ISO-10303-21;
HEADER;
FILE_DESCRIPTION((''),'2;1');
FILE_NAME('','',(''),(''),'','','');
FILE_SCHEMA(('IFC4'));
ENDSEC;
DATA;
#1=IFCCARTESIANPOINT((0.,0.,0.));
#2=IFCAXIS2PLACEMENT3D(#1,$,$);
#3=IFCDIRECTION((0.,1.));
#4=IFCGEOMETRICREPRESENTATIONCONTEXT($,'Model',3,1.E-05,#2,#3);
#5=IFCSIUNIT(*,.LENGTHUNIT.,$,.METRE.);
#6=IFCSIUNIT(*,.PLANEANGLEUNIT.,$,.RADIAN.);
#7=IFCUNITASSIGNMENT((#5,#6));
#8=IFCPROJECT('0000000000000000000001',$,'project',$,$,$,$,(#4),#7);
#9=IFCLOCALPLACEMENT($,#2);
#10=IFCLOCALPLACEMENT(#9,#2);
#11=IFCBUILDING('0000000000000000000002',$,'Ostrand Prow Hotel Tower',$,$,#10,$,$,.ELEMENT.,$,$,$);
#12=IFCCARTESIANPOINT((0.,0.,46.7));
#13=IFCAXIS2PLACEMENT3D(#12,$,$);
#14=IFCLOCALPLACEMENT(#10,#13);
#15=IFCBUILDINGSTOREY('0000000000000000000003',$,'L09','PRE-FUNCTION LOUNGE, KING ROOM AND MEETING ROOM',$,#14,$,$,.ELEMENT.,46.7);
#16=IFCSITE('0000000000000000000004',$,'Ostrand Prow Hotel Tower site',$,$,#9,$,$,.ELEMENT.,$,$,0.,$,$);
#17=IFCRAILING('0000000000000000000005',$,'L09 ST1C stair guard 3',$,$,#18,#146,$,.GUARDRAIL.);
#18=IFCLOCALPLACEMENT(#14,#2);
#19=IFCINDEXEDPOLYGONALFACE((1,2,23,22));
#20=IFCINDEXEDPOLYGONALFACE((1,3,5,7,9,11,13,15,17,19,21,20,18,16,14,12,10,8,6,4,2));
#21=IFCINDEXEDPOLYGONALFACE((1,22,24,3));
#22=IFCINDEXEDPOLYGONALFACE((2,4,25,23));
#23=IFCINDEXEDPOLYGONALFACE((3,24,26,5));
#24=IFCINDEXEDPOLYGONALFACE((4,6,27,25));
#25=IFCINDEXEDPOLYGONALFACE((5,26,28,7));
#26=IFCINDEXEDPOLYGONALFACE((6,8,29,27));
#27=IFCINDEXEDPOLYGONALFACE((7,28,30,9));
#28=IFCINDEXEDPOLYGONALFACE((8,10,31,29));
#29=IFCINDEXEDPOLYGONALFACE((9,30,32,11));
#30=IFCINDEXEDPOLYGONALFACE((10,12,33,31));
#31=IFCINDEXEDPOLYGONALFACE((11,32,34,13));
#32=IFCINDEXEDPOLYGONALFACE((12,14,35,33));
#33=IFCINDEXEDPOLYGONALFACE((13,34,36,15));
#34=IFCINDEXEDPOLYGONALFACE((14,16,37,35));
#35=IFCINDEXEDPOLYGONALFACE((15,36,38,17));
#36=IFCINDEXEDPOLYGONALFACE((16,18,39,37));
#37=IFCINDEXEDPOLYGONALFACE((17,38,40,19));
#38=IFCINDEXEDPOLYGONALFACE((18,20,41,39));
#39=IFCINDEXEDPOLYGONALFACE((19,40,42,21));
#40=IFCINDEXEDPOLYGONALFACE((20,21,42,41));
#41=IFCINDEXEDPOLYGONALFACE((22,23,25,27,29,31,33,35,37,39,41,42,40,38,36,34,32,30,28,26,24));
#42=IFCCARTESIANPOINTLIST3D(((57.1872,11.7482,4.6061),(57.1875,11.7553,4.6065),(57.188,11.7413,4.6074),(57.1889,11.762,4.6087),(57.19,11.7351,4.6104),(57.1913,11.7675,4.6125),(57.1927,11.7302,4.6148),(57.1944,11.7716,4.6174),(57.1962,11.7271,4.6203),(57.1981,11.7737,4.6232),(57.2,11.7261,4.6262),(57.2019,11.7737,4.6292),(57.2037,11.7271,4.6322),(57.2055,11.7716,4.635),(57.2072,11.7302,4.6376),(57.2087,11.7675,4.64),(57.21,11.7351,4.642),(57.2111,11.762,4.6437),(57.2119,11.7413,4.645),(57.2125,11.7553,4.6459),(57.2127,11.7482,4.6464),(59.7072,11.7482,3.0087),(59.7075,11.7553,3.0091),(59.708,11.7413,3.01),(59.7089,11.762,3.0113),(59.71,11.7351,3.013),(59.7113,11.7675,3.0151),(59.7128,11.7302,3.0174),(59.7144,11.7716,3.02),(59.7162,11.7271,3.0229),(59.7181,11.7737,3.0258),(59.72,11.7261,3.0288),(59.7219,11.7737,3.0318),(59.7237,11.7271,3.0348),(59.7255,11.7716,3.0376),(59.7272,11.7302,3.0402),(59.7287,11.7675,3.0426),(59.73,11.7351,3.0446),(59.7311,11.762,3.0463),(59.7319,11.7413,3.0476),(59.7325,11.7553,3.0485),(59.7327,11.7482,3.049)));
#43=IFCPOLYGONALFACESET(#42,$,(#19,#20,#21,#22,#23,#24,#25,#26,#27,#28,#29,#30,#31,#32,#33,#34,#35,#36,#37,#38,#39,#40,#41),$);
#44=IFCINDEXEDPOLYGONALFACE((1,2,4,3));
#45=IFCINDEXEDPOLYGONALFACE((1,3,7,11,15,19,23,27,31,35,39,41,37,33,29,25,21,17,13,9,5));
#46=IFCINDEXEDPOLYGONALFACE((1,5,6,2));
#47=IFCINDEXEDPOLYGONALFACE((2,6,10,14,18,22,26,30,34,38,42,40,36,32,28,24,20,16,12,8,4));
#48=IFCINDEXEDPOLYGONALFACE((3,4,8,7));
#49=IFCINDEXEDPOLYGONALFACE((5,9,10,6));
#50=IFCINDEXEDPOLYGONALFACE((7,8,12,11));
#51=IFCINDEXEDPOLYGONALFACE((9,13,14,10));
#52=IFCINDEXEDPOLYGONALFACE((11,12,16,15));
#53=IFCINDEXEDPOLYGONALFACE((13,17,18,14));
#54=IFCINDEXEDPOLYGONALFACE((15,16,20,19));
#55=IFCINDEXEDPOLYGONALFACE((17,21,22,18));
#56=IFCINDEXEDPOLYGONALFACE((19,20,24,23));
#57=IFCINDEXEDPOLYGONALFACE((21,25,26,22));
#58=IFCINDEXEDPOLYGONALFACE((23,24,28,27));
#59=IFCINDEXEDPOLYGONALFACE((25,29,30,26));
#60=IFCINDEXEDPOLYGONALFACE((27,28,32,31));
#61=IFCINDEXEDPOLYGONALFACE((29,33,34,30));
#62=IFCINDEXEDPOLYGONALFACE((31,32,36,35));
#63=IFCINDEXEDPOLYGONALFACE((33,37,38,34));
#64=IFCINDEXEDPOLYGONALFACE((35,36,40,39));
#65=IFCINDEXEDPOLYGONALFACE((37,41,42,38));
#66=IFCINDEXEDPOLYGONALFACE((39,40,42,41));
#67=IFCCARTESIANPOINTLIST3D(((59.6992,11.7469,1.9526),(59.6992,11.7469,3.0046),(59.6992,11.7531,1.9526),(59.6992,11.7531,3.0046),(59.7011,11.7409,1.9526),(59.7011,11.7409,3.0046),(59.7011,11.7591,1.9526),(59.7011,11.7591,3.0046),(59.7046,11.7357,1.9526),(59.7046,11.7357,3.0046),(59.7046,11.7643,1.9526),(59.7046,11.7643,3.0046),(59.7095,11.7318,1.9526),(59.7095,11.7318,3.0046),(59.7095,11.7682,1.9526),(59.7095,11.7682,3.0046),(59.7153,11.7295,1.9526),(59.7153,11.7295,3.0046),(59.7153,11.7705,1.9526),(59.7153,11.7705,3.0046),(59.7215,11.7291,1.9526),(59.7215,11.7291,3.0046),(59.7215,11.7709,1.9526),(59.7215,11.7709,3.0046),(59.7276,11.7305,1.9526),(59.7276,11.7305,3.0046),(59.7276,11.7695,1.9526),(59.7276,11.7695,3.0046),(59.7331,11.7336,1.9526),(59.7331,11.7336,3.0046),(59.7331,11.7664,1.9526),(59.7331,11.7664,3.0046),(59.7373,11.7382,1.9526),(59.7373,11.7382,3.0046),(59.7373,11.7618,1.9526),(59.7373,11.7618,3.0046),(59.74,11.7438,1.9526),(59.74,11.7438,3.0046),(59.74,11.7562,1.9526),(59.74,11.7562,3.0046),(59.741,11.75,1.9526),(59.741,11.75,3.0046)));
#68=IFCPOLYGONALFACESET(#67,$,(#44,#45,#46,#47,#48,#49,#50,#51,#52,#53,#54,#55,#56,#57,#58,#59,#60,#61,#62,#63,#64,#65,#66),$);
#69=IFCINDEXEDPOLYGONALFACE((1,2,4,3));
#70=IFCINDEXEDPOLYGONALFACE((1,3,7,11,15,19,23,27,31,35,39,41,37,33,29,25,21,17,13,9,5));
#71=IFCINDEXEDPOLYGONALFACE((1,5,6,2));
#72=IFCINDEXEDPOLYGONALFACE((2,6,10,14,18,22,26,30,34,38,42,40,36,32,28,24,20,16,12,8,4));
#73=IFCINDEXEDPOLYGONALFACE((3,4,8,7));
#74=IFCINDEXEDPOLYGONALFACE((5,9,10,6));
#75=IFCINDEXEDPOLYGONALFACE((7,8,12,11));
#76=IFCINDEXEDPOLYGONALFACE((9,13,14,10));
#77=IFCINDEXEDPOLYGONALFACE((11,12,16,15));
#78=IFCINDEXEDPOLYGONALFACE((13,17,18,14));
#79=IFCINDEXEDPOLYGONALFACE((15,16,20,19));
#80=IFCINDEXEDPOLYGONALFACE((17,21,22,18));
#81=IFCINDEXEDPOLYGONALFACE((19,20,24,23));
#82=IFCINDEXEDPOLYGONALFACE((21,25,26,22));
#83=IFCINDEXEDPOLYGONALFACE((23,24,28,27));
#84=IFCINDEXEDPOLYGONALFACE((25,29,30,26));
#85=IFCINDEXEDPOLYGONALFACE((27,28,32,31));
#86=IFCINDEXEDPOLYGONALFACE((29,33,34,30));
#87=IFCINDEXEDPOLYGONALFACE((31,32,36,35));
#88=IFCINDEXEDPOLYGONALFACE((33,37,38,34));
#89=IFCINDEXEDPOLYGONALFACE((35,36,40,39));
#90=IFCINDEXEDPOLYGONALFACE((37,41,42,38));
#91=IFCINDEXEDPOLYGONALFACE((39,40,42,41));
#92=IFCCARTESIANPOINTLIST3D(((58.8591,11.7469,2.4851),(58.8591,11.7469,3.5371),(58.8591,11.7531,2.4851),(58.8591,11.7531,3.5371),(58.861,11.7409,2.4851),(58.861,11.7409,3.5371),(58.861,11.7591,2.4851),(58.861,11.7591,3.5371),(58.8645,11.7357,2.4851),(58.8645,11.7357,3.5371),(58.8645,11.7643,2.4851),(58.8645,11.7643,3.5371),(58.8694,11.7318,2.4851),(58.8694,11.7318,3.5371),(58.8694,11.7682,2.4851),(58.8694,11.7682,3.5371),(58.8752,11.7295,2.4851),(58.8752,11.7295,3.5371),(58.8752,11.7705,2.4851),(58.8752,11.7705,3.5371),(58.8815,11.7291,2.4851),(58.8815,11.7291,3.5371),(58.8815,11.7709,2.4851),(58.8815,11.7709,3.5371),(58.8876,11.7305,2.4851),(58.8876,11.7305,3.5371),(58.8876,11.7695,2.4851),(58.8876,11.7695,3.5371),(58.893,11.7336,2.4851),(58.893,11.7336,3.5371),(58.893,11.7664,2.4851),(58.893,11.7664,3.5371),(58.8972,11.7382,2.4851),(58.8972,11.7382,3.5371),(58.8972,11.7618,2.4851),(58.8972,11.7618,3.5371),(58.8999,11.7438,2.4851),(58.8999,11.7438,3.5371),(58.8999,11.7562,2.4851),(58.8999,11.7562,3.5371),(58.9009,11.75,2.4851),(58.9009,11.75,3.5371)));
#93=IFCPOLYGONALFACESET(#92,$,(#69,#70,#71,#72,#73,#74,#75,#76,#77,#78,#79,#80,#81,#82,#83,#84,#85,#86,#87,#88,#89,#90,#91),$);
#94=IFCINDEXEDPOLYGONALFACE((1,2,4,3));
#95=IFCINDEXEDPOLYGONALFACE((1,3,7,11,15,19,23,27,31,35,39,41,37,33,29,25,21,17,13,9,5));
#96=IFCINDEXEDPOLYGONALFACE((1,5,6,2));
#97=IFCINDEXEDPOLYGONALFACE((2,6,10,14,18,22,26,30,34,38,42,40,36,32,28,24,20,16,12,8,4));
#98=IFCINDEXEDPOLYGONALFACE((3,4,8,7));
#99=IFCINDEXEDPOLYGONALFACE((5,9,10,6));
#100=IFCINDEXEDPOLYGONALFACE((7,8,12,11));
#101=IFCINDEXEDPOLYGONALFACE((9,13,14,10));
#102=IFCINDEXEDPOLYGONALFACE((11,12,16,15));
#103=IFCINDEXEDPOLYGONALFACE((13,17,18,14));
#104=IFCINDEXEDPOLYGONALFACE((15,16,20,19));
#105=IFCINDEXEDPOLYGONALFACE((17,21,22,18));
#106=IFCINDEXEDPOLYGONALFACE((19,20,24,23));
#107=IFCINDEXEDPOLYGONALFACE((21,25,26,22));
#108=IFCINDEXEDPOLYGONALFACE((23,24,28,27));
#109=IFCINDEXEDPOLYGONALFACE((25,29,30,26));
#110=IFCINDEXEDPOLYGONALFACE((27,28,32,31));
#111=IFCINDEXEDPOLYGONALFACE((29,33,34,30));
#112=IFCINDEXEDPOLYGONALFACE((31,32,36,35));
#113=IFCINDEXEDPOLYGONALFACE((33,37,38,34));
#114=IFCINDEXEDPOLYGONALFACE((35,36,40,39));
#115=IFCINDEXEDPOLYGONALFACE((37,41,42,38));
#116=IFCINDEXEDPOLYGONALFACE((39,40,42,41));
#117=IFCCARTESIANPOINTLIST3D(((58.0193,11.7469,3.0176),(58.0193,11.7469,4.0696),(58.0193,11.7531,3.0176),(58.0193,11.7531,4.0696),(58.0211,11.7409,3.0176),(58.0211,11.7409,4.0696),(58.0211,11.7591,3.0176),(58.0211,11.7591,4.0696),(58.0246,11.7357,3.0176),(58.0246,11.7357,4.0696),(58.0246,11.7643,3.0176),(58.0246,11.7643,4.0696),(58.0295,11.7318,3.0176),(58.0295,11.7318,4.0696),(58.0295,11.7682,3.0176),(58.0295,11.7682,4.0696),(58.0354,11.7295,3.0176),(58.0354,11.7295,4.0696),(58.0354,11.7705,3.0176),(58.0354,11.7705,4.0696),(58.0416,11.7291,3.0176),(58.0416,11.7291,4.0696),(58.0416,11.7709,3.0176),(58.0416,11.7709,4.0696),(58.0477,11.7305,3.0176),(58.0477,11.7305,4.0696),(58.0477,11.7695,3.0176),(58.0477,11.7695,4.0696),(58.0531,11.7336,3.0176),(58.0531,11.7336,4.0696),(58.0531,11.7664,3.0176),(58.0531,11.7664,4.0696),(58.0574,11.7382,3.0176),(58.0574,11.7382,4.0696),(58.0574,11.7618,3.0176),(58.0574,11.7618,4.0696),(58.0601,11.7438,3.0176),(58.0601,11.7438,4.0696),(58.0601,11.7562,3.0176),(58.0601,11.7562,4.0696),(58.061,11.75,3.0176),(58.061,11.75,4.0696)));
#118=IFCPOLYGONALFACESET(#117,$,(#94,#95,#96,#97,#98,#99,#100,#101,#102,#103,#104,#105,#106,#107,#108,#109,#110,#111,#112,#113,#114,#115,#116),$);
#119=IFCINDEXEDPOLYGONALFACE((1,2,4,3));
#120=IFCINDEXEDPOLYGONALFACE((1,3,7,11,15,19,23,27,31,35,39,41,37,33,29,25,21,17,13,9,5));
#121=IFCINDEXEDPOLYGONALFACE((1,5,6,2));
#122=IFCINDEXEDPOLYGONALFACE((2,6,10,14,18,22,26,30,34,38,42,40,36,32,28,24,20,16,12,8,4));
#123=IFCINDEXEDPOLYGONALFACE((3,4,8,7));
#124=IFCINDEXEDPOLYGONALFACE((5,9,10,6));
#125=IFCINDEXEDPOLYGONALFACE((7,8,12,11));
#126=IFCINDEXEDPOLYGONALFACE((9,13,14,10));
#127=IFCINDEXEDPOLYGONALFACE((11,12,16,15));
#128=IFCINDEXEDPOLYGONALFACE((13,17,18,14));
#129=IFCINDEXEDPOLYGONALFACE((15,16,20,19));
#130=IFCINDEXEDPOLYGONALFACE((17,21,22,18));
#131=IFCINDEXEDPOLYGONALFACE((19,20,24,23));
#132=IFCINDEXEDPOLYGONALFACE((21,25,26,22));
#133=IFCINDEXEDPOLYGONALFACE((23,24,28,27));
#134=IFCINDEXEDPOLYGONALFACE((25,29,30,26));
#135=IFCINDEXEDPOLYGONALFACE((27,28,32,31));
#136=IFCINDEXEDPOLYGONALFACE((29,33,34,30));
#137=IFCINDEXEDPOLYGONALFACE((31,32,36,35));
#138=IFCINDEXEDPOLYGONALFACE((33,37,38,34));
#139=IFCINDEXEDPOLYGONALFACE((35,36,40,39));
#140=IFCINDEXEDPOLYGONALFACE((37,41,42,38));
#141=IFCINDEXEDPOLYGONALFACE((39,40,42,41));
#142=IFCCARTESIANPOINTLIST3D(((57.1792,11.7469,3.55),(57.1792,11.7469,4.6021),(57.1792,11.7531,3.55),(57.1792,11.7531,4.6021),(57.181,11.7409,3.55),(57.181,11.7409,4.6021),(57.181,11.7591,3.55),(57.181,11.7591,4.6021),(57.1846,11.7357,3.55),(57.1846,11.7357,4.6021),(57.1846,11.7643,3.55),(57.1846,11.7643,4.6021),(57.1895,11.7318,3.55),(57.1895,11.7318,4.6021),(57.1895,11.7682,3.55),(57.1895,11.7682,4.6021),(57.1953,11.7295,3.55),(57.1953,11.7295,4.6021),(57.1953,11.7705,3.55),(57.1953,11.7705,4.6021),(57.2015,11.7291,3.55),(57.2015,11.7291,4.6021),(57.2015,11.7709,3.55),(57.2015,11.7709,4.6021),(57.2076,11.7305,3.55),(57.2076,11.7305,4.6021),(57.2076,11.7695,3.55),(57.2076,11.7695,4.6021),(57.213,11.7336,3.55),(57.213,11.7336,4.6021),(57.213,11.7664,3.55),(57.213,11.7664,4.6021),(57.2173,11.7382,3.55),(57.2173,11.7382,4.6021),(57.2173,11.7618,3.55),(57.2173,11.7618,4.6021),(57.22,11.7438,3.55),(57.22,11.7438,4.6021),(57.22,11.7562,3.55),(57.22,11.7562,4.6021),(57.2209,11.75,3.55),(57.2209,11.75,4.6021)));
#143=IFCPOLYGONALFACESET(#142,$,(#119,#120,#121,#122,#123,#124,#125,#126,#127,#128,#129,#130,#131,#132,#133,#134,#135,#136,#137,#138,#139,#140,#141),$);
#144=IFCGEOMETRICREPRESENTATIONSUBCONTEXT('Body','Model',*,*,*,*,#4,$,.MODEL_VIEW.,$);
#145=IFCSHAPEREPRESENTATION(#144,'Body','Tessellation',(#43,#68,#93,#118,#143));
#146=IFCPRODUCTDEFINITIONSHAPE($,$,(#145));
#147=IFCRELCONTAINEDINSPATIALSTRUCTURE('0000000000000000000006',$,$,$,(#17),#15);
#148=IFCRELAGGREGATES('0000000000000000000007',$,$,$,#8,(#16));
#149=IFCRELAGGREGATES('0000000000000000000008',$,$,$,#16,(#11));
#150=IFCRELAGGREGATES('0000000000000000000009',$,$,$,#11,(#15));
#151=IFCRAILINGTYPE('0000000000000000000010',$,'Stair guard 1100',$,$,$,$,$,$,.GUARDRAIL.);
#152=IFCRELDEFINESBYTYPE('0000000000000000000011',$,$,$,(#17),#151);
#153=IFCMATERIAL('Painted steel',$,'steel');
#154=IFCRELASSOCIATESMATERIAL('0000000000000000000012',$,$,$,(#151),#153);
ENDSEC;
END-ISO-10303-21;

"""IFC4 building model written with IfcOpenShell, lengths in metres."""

from ifc_helpers import new_model, si_unit, direction, frame, origin, origin_2d, place, context, subcontext, project, spatial, circle, extrude, material, type_object, element, save


model = new_model("IFC4")

# Units and contexts
model_context = context("Model", 3, precision=1e-05, world=origin(), true_north=direction((0.0, 1.0)))
body_context = subcontext(model_context, "Body", "Model", "MODEL_VIEW")
ifc_project = project(units=[si_unit("LENGTHUNIT", "METRE"), si_unit("PLANEANGLEUNIT", "RADIAN")], contexts=[model_context])

# Site, building, storey
site_placement = place(None, origin())
site = spatial("IfcSite", under=ifc_project, at=site_placement, Name="Ostrand Prow Hotel Tower site", CompositionType="ELEMENT", RefElevation=0.0)
building_placement = place(site_placement, origin())
building = spatial("IfcBuilding", under=site, at=building_placement, Name="Ostrand Prow Hotel Tower", CompositionType="ELEMENT")
storey_placement = place(building_placement, frame((0.0, 0.0, 46.7)))
storey = spatial("IfcBuildingStorey", under=building, at=storey_placement, Name="L09", Description="PRE-FUNCTION LOUNGE, KING ROOM AND MEETING ROOM", CompositionType="ELEMENT", Elevation=46.7)

# Railing
ifc_material_1 = material(Name="Painted steel", Category="steel")
railing_type_1 = type_object("IfcRailingType", Name="Stair guard 1100", PredefinedType="GUARDRAIL", material=ifc_material_1)
railing_1_placement = place(storey_placement, frame((59.72, 11.75, 1.9526)))
element("IfcRailing", 1, at=railing_1_placement, inside=storey, type_object=railing_type_1, Name="L09 ST1C stair guard 3", PredefinedType="GUARDRAIL", context=body_context, shape_type="SweptSolid", body=[
    extrude(circle(Radius=0.0239, at=origin_2d()), frame((0.0, 0.0, 1.0762), z_axis=(-0.844607, 0.0, 0.535387), x_axis=(0.0, -1.0, 0.0)), (0.0, 0.0, 1.0), 2.9836),
    extrude(circle(Radius=0.021, at=origin_2d()), origin(), (0.0, 0.0, 1.0), 1.052),
    extrude(circle(Radius=0.021, at=origin_2d()), frame((-0.8401, 0.0, 0.5325)), (0.0, 0.0, 1.0), 1.052),
    extrude(circle(Radius=0.021, at=origin_2d()), frame((-1.6799, 0.0, 1.0649)), (0.0, 0.0, 1.0), 1.052),
    extrude(circle(Radius=0.021, at=origin_2d()), frame((-2.52, 0.0, 1.5974)), (0.0, 0.0, 1.0), 1.052),
])

save(model, "model.ifc")
